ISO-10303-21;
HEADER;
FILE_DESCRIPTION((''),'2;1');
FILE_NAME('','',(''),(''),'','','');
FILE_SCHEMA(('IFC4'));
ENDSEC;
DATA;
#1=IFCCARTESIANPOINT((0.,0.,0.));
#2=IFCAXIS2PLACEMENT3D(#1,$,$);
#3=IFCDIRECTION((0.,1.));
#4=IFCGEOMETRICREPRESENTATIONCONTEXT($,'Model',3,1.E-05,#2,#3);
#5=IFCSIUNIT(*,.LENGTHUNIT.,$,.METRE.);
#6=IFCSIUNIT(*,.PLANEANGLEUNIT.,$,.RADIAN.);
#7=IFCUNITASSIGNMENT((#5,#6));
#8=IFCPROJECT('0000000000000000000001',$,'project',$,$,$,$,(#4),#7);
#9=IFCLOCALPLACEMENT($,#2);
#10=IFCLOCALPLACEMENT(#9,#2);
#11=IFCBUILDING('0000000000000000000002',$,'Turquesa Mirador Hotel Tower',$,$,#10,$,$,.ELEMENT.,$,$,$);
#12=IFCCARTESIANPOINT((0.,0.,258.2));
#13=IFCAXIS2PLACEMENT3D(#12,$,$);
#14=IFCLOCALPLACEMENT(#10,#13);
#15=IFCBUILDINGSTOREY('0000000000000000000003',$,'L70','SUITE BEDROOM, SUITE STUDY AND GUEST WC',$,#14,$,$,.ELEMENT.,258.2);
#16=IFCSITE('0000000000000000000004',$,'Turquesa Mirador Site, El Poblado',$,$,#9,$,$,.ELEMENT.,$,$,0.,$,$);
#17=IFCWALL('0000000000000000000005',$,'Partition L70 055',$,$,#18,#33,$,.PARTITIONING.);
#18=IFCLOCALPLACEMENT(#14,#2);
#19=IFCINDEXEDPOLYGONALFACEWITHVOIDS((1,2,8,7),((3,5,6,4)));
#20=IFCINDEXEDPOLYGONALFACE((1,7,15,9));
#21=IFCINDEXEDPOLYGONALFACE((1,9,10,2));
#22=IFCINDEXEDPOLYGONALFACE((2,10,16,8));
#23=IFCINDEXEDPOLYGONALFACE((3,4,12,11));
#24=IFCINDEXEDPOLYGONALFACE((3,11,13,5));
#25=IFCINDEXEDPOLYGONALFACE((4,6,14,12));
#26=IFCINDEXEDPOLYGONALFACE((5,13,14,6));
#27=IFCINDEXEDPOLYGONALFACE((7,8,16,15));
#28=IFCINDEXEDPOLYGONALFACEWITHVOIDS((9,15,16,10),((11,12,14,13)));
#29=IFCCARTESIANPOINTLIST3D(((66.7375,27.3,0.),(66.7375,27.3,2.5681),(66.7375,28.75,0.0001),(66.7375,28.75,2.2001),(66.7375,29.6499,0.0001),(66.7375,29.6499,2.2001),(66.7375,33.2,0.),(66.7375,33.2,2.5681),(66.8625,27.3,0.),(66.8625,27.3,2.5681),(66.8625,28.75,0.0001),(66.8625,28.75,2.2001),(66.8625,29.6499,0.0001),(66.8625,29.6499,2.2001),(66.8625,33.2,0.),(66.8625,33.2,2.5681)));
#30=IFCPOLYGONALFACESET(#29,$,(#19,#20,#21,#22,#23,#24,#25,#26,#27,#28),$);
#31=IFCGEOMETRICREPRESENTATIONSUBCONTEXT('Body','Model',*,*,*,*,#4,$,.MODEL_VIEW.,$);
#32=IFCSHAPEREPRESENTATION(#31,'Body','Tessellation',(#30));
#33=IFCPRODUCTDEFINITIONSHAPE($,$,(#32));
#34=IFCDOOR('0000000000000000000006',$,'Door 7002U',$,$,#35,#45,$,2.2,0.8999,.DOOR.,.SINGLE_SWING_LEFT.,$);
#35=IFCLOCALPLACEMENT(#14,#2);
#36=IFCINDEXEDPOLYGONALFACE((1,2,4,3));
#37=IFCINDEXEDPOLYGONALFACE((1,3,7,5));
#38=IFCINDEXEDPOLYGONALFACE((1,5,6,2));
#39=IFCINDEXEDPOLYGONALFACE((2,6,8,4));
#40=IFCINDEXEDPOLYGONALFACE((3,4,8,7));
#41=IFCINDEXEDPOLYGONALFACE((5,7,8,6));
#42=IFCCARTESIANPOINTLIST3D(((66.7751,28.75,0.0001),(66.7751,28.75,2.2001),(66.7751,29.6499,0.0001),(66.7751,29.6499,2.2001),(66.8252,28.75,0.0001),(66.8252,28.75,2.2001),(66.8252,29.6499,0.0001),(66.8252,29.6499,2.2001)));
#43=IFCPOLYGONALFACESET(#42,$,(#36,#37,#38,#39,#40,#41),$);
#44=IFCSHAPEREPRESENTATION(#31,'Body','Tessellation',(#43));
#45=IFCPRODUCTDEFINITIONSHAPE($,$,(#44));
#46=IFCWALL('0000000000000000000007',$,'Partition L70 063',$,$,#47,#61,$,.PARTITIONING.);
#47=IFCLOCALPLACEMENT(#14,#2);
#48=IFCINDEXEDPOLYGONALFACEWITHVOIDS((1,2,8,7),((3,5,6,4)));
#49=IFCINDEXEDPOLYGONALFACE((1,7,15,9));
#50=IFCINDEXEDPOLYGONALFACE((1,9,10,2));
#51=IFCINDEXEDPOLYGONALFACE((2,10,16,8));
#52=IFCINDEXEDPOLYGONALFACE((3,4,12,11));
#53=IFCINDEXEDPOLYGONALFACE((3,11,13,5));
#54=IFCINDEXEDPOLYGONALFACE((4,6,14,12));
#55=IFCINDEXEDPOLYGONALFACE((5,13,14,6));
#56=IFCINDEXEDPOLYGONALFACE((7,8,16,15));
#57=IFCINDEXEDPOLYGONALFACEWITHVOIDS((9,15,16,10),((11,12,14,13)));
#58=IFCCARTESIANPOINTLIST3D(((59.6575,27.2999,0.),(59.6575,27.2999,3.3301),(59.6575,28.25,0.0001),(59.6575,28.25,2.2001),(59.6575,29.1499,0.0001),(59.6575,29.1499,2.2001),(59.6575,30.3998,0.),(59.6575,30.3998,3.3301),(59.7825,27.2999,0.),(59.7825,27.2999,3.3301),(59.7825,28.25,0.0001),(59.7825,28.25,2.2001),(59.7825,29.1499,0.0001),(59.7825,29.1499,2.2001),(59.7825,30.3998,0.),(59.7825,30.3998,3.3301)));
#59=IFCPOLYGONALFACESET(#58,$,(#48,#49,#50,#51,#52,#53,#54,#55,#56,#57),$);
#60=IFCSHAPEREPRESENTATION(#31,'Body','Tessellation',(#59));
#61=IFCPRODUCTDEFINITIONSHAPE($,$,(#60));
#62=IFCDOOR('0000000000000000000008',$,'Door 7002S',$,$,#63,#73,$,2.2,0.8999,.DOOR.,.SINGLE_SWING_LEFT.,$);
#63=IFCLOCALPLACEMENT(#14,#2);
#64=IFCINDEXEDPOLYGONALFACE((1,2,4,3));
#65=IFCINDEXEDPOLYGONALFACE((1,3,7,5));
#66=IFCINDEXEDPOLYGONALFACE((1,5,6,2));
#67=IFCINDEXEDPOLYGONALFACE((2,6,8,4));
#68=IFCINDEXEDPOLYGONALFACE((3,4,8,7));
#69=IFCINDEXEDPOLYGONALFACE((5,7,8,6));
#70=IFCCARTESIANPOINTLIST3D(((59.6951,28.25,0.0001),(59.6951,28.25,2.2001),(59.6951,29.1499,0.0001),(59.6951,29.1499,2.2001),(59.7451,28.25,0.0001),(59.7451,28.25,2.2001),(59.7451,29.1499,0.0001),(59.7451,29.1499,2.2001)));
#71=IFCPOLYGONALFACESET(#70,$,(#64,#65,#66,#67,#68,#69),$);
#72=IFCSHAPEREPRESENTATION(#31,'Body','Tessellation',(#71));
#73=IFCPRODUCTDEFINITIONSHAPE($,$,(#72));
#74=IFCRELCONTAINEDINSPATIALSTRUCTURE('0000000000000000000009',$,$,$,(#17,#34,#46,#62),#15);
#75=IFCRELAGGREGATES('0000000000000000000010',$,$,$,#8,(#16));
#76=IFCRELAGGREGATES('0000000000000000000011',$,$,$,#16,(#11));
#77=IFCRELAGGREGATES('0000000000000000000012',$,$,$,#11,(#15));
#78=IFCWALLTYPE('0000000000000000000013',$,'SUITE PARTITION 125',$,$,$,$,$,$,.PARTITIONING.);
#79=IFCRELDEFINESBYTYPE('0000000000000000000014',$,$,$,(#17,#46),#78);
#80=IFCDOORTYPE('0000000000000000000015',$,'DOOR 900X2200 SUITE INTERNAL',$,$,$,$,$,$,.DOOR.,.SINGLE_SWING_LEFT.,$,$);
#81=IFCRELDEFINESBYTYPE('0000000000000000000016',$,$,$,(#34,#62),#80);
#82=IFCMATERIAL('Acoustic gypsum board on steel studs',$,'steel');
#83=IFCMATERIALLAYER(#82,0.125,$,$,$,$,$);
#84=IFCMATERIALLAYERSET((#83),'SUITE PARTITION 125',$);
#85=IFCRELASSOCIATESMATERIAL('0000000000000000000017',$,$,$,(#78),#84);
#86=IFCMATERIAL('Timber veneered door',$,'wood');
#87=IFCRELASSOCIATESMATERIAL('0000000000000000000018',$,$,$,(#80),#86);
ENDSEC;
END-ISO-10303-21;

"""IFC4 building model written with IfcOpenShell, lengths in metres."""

from ifc_helpers import new_model, si_unit, direction, frame, frame_2d, origin, place, context, subcontext, project, spatial, rectangle, extrude, material, layer, layer_set, type_object, element, fill, save


model = new_model("IFC4")

# Units and contexts
model_context = context("Model", 3, precision=1e-05, world=origin(), true_north=direction((0.0, 1.0)))
body_context = subcontext(model_context, "Body", "Model", "MODEL_VIEW")
ifc_project = project(units=[si_unit("LENGTHUNIT", "METRE"), si_unit("PLANEANGLEUNIT", "RADIAN")], contexts=[model_context])

# Site, building, storey
site_placement = place(None, origin())
site = spatial("IfcSite", under=ifc_project, at=site_placement, Name="Turquesa Mirador Site, El Poblado", CompositionType="ELEMENT", RefElevation=0.0)
building_placement = place(site_placement, origin())
building = spatial("IfcBuilding", under=site, at=building_placement, Name="Turquesa Mirador Hotel Tower", CompositionType="ELEMENT")
storey_placement = place(building_placement, frame((0.0, 0.0, 258.2)))
storey = spatial("IfcBuildingStorey", under=building, at=storey_placement, Name="L70", Description="SUITE BEDROOM, SUITE STUDY AND GUEST WC", CompositionType="ELEMENT", Elevation=258.2)

# Walls, openings, doors
ifc_material_1 = material(Name="Acoustic gypsum board on steel studs", Category="steel")
ifc_layer_1 = layer(ifc_material_1, 0.125)
ifc_layer_set_1 = layer_set([ifc_layer_1], Name="SUITE PARTITION 125")
wall_type = type_object("IfcWallType", Name="SUITE PARTITION 125", PredefinedType="PARTITIONING", material=ifc_layer_set_1)
wall_1_placement = place(storey_placement, frame((66.8, 27.3, 0.0), z_axis=(0.0, 0.0, 1.0), x_axis=(0.0, 1.0, 0.0)))
wall_1 = element("IfcWall", 1, at=wall_1_placement, inside=storey, type_object=wall_type, Name="Partition L70 055", PredefinedType="PARTITIONING", context=body_context, shape_type="SweptSolid", body=[
    extrude(rectangle(XDim=5.8999, YDim=0.125, at=frame_2d((2.95, 0.0))), origin(), (0.0, 0.0, 1.0), 2.5681),
])
opening_1_placement = place(wall_1_placement, frame((1.45, 0.0, 0.0)))
opening_1 = element("IfcOpeningElement", 2, at=opening_1_placement, cuts=wall_1, PredefinedType="OPENING", context=body_context, shape_type="SweptSolid", body=[
    extrude(rectangle(XDim=0.8999, YDim=2.2, at=frame_2d((0.45, 1.1001))), frame((0.0, 0.0725, 0.0), z_axis=(0.0, -1.0, 0.0), x_axis=(1.0, 0.0, 0.0)), (0.0, 0.0, 1.0), 0.145),
])
ifc_material_2 = material(Name="Timber veneered door", Category="wood")
door_type = type_object("IfcDoorType", Name="DOOR 900X2200 SUITE INTERNAL", OperationType="SINGLE_SWING_LEFT", PredefinedType="DOOR", material=ifc_material_2)
door_1_placement = place(opening_1_placement, origin())
door_1 = element("IfcDoor", 3, at=door_1_placement, inside=storey, type_object=door_type, Name="Door 7002U", OperationType="SINGLE_SWING_LEFT", OverallHeight=2.2, OverallWidth=0.8999, PredefinedType="DOOR", context=body_context, shape_type="SweptSolid", body=[
    extrude(rectangle(XDim=0.8999, YDim=2.2, at=frame_2d((0.45, 1.1001))), frame((0.0, 0.0249, 0.0), z_axis=(0.0, -1.0, 0.0), x_axis=(1.0, 0.0, 0.0)), (0.0, 0.0, 1.0), 0.05),
])
fill(opening_1, door_1)
wall_2_placement = place(storey_placement, frame((59.72, 27.3, 0.0), z_axis=(0.0, 0.0, 1.0), x_axis=(0.0, 1.0, 0.0)))
wall_2 = element("IfcWall", 4, at=wall_2_placement, inside=storey, type_object=wall_type, Name="Partition L70 063", PredefinedType="PARTITIONING", context=body_context, shape_type="SweptSolid", body=[
    extrude(rectangle(XDim=3.0999, YDim=0.125, at=frame_2d((1.5498, 0.0))), origin(), (0.0, 0.0, 1.0), 3.3301),
])
opening_2_placement = place(wall_2_placement, frame((0.95, 0.0, 0.0)))
opening_2 = element("IfcOpeningElement", 5, at=opening_2_placement, cuts=wall_2, PredefinedType="OPENING", context=body_context, shape_type="SweptSolid", body=[
    extrude(rectangle(XDim=0.8999, YDim=2.2, at=frame_2d((0.45, 1.1001))), frame((0.0, 0.0725, 0.0), z_axis=(0.0, -1.0, 0.0), x_axis=(1.0, 0.0, 0.0)), (0.0, 0.0, 1.0), 0.145),
])
door_2_placement = place(opening_2_placement, origin())
door_2 = element("IfcDoor", 6, at=door_2_placement, inside=storey, type_object=door_type, Name="Door 7002S", OperationType="SINGLE_SWING_LEFT", OverallHeight=2.2, OverallWidth=0.8999, PredefinedType="DOOR", context=body_context, shape_type="SweptSolid", body=[
    extrude(rectangle(XDim=0.8999, YDim=2.2, at=frame_2d((0.45, 1.1001))), frame((0.0, 0.0249, 0.0), z_axis=(0.0, -1.0, 0.0), x_axis=(1.0, 0.0, 0.0)), (0.0, 0.0, 1.0), 0.05),
])
fill(opening_2, door_2)

save(model, "model.ifc")
